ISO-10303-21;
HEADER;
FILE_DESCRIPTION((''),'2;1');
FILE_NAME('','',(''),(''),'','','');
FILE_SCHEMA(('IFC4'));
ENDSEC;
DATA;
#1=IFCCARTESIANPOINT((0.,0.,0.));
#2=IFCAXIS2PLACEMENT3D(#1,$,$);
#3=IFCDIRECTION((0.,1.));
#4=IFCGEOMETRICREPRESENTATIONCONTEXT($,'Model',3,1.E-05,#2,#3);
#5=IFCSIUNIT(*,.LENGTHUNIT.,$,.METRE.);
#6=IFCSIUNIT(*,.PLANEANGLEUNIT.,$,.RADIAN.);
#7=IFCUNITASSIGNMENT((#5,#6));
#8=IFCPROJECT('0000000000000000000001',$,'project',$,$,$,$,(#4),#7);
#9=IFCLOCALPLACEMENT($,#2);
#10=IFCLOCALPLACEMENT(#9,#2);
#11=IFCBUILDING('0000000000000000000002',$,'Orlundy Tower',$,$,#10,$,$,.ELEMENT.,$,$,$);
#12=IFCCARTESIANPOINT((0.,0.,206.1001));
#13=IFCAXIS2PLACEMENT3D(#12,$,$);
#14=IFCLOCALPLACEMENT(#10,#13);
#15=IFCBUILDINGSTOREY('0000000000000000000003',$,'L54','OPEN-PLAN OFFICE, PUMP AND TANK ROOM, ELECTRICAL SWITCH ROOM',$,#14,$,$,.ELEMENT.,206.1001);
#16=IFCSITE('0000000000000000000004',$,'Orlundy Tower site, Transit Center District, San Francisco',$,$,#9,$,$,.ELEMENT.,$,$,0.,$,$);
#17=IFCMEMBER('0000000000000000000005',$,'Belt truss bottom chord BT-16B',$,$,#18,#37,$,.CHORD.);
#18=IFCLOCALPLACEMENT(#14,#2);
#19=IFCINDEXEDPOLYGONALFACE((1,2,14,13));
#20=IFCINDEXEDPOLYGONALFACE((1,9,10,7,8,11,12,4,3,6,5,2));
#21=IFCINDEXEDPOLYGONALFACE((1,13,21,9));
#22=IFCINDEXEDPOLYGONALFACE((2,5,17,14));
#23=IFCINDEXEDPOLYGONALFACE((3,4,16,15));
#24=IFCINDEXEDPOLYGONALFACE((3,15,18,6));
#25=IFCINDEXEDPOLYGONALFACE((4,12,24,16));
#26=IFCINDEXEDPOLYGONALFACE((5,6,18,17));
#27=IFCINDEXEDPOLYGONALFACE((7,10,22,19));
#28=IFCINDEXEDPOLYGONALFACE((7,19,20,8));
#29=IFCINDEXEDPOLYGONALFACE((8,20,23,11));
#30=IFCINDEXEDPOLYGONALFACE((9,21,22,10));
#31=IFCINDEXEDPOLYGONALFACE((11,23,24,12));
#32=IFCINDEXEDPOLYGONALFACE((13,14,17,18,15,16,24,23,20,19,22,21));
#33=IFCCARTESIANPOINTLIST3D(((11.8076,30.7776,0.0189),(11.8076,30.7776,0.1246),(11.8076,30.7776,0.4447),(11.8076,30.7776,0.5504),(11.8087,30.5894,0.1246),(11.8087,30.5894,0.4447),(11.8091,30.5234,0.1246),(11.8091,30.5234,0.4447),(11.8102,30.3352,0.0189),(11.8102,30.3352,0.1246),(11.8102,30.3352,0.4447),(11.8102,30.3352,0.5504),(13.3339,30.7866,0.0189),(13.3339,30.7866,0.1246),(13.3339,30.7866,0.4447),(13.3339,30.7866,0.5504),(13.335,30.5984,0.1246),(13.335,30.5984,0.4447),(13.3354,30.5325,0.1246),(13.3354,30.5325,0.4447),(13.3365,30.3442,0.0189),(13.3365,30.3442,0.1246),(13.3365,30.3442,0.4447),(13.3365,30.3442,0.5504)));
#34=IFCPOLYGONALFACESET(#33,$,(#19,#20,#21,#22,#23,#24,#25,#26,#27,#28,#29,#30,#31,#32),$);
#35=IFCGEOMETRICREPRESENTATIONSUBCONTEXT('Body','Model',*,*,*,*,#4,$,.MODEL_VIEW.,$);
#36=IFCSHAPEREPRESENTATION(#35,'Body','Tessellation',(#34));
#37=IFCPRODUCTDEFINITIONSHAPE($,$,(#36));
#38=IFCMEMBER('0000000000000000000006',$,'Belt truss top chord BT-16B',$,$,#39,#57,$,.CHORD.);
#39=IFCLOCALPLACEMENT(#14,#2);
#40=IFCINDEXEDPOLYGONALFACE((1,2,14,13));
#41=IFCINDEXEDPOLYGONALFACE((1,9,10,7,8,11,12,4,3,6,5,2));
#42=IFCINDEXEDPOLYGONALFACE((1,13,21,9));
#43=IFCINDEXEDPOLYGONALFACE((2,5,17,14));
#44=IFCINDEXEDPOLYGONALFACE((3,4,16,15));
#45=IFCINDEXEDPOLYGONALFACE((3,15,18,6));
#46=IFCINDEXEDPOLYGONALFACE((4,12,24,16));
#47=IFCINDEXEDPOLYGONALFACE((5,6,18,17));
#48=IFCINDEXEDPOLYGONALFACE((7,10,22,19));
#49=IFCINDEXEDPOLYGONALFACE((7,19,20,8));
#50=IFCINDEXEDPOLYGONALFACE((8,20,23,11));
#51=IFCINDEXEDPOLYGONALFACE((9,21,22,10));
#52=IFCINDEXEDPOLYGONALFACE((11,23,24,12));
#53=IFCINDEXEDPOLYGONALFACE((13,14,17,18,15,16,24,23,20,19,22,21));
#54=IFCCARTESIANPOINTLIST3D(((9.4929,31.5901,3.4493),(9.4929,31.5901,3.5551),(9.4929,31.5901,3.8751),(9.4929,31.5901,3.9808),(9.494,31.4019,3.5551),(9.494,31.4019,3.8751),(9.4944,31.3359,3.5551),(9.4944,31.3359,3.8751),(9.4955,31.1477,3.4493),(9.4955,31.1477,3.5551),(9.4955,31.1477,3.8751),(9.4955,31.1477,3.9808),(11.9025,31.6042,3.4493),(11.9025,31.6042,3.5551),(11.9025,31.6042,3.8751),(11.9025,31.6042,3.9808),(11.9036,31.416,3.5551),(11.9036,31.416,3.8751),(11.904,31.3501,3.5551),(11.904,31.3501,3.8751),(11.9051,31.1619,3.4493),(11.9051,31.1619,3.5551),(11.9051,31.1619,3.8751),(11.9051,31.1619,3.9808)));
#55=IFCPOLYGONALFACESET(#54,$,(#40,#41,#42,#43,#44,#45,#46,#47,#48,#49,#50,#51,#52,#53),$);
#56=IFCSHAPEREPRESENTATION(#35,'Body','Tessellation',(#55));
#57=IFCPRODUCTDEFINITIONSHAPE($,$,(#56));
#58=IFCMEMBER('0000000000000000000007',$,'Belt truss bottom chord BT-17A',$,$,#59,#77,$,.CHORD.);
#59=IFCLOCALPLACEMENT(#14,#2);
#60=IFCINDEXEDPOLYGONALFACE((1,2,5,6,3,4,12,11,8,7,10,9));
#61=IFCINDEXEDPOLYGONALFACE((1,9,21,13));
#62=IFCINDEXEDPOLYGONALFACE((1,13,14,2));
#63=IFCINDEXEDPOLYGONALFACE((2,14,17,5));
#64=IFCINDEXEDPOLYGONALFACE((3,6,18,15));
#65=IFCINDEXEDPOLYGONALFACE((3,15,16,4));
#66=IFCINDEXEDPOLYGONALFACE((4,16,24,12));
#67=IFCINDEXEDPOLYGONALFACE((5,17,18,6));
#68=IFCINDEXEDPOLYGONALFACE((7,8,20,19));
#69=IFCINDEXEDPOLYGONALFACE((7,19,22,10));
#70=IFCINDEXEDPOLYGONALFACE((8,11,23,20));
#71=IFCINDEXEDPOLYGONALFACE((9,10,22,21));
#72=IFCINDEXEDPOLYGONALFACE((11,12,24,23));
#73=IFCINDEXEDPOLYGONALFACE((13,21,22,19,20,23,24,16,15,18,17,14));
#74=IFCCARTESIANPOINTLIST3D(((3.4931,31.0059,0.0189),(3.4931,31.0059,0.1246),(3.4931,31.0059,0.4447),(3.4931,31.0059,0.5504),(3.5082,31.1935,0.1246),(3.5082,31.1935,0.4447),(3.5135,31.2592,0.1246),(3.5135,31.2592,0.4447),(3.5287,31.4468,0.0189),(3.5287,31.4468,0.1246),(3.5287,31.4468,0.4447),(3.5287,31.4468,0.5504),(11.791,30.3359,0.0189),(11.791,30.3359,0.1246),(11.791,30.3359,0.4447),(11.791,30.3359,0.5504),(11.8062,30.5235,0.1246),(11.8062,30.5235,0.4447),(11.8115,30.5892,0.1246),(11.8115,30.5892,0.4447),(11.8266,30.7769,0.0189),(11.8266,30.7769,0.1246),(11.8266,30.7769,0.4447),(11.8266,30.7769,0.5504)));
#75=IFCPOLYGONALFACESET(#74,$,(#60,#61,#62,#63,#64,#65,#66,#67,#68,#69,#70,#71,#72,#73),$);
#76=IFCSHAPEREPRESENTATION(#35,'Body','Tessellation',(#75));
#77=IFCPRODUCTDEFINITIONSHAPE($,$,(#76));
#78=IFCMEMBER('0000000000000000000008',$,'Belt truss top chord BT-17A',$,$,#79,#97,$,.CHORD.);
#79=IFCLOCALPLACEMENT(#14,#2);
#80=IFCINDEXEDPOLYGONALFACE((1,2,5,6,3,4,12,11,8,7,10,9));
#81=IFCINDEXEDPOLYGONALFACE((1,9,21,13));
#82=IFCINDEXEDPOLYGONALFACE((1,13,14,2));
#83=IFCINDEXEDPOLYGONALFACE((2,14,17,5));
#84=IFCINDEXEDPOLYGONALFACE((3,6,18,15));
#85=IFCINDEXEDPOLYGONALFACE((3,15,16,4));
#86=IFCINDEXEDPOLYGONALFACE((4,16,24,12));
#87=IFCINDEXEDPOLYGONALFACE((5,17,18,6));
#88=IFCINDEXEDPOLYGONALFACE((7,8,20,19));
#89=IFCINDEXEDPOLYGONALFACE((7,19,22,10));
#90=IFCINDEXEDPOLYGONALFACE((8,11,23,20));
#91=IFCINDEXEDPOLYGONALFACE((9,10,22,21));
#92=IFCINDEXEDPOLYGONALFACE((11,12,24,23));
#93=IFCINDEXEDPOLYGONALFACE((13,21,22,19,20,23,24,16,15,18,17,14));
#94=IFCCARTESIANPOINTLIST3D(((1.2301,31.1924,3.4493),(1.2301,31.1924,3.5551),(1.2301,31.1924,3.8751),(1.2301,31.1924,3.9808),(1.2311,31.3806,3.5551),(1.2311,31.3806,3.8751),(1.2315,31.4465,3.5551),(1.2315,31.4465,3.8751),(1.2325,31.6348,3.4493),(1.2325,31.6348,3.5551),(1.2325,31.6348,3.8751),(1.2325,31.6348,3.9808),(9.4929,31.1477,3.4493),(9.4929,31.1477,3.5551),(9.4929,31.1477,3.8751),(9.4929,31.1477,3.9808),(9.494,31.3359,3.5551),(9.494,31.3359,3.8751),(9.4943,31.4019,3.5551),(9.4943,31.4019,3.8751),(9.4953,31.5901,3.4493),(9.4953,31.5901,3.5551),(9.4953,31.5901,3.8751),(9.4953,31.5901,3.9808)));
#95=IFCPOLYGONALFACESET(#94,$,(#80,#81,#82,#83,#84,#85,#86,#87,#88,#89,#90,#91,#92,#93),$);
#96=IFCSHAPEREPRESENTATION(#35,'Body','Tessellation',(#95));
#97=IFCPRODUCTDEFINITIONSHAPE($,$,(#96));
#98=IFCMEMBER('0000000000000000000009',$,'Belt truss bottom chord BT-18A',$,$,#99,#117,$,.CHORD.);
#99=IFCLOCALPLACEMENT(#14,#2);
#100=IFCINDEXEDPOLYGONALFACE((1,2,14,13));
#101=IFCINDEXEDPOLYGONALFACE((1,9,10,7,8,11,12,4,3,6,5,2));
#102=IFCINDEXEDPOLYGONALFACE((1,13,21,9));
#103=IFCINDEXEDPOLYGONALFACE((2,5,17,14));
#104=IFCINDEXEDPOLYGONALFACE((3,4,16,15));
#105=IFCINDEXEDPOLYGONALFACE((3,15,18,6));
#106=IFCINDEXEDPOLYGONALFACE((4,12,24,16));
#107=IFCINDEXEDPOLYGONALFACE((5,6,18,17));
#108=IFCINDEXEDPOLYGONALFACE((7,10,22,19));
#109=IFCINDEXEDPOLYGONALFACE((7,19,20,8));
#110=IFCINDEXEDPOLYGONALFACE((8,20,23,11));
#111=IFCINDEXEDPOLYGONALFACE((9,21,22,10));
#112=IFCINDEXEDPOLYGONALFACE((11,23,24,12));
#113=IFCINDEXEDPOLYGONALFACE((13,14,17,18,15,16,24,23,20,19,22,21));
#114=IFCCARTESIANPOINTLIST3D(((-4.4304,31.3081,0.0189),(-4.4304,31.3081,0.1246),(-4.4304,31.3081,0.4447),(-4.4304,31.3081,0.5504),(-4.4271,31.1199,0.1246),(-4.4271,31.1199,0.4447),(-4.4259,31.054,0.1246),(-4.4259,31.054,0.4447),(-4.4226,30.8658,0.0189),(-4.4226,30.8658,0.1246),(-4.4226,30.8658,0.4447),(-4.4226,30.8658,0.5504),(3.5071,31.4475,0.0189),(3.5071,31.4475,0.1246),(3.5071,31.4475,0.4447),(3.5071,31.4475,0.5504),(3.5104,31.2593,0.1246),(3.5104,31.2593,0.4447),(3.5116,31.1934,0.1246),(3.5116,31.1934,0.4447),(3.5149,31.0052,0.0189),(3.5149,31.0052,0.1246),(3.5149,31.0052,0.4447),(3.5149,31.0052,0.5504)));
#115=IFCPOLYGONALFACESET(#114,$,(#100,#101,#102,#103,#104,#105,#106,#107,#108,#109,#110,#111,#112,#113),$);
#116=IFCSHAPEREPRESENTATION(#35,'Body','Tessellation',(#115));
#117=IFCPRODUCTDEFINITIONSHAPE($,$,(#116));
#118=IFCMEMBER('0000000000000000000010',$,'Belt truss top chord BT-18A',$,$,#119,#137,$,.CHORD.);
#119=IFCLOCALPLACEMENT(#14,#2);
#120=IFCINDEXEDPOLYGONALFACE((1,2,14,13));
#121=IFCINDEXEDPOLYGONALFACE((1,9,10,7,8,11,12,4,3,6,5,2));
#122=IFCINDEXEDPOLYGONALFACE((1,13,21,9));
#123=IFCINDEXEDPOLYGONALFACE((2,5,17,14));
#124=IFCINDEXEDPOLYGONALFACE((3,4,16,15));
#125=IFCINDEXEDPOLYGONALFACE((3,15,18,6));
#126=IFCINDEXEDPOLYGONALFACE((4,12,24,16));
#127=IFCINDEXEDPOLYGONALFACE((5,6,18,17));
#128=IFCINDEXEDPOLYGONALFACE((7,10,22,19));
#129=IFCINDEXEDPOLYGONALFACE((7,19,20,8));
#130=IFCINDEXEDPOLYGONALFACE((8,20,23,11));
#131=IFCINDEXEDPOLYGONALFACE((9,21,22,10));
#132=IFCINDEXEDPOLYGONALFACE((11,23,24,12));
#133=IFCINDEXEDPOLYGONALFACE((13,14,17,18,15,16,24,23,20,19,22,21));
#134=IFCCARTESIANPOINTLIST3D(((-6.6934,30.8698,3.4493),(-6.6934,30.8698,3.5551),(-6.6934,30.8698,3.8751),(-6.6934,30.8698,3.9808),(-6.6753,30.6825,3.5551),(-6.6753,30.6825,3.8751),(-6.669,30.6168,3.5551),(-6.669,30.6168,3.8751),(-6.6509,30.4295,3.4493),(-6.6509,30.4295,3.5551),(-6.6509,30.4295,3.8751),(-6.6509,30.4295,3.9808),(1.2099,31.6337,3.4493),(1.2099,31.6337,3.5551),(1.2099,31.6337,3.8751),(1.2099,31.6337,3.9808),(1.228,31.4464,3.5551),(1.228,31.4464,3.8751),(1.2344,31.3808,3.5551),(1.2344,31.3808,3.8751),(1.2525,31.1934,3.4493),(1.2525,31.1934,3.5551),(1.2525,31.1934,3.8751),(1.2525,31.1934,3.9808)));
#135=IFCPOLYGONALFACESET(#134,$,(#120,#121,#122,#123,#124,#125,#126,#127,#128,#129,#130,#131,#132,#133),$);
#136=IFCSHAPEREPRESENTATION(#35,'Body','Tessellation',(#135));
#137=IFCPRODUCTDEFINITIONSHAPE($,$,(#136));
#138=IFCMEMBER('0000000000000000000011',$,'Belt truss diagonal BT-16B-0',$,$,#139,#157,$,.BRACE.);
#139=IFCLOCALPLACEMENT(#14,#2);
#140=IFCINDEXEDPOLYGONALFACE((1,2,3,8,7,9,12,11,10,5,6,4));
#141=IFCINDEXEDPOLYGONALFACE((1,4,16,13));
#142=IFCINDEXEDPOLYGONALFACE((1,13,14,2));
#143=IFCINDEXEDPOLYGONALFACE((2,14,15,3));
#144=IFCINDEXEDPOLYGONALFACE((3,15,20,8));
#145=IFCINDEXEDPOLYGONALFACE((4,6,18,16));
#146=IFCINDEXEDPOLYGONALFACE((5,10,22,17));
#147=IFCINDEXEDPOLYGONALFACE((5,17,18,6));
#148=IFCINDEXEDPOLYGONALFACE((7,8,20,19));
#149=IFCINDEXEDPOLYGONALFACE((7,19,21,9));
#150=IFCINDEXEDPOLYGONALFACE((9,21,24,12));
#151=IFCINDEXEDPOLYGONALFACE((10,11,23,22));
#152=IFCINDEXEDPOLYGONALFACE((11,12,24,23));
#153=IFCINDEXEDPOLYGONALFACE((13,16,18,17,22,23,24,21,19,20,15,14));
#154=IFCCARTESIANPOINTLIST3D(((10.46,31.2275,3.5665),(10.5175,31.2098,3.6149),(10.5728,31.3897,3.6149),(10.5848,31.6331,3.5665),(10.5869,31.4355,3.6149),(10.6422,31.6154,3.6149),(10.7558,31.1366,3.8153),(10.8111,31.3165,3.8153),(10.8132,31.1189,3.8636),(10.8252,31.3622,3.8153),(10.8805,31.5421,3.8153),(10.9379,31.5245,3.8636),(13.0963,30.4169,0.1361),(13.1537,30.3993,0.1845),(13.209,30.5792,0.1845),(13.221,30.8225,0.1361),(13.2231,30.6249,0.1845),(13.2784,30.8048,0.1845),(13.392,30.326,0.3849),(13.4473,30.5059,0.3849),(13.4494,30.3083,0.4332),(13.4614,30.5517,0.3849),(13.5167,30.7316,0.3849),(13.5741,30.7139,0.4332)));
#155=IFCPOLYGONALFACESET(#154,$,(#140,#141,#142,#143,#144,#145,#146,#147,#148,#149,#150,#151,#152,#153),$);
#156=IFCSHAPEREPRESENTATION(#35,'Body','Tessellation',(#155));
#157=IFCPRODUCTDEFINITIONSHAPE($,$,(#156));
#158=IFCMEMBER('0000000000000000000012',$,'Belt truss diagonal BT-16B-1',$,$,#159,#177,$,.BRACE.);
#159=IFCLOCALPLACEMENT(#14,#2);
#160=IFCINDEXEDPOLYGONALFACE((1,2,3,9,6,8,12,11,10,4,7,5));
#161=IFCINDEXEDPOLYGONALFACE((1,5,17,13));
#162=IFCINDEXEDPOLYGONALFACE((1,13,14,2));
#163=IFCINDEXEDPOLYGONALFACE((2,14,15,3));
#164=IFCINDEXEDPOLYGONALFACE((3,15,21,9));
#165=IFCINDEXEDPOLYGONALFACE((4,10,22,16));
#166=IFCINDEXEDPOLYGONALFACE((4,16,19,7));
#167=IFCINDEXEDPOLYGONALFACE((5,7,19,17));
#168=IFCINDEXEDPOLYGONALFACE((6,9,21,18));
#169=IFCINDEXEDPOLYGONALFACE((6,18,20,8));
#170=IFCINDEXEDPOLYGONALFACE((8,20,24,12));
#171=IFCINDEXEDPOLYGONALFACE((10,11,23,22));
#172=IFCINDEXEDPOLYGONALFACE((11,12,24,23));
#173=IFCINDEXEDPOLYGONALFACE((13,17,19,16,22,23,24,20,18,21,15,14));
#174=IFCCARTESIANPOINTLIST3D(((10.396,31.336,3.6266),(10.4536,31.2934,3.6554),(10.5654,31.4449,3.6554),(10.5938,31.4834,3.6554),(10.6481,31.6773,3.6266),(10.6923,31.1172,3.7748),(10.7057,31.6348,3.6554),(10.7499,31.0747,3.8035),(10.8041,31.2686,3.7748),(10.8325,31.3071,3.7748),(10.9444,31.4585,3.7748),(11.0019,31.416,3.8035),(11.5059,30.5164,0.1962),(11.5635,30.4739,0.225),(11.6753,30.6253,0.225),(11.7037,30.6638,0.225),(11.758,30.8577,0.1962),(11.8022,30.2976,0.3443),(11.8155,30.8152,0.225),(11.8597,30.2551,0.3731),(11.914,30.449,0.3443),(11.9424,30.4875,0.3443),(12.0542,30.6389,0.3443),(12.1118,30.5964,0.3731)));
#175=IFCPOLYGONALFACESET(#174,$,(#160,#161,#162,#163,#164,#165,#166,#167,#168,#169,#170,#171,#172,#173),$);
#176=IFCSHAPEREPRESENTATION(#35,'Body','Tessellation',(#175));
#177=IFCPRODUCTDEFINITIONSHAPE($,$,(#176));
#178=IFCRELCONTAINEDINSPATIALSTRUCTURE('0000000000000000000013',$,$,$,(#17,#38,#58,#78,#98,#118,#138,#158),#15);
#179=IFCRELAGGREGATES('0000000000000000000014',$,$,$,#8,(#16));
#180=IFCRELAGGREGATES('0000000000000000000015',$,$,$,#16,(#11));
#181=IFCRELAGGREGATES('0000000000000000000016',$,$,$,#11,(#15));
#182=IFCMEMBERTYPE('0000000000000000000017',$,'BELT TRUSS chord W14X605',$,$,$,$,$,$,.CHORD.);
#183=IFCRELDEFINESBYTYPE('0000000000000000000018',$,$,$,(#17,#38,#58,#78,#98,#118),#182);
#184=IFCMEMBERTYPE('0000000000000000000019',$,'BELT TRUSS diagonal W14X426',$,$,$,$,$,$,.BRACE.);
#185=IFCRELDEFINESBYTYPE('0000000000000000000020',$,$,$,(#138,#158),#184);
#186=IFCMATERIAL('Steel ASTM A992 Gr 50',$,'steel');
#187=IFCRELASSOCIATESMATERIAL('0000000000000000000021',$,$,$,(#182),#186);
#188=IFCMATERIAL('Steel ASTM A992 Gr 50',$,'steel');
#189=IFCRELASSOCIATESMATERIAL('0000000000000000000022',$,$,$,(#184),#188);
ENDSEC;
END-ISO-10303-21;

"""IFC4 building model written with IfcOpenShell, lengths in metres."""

from ifc_helpers import new_model, si_unit, direction, frame, origin, origin_2d, place, context, subcontext, project, spatial, i_section, extrude, material, material_profile, profile_set, type_object, element, save


model = new_model("IFC4")

# Units and contexts
model_context = context("Model", 3, precision=1e-05, world=origin(), true_north=direction((0.0, 1.0)))
body_context = subcontext(model_context, "Body", "Model", "MODEL_VIEW")
ifc_project = project(units=[si_unit("LENGTHUNIT", "METRE"), si_unit("PLANEANGLEUNIT", "RADIAN")], contexts=[model_context])

# Site, building, storey
site_placement = place(None, origin())
site = spatial("IfcSite", under=ifc_project, at=site_placement, Name="Orlundy Tower site, Transit Center District, San Francisco", CompositionType="ELEMENT", RefElevation=0.0)
building_placement = place(site_placement, origin())
building = spatial("IfcBuilding", under=site, at=building_placement, Name="Orlundy Tower", CompositionType="ELEMENT")
storey_placement = place(building_placement, frame((0.0, 0.0, 206.1001)))
storey = spatial("IfcBuildingStorey", under=building, at=storey_placement, Name="L54", Description="OPEN-PLAN OFFICE, PUMP AND TANK ROOM, ELECTRICAL SWITCH ROOM", CompositionType="ELEMENT", Elevation=206.1001)

# Members
ifc_material_1 = material(Name="Steel ASTM A992 Gr 50", Category="steel")
ifc_material_profile_1 = material_profile(ifc_material_1, i_section(OverallWidth=0.4424, OverallDepth=0.5315, WebThickness=0.0659, FlangeThickness=0.1057, at=origin_2d()), Name="W14X605")
ifc_profile_set_1 = profile_set([ifc_material_profile_1], Name="Steel ASTM A992 Gr 50")
member_type_1 = type_object("IfcMemberType", Name="BELT TRUSS chord W14X605", PredefinedType="CHORD", material=ifc_profile_set_1)
member_1_placement = place(storey_placement, frame((13.3352, 30.5654, 0.2847), z_axis=(-0.999982, -0.005918, 0.0), x_axis=(0.005918, -0.999982, 0.0)))
element("IfcMember", 1, at=member_1_placement, inside=storey, type_object=member_type_1, Name="Belt truss bottom chord BT-16B", PredefinedType="CHORD", context=body_context, shape_type="SweptSolid", body=[
    extrude(i_section(OverallWidth=0.4424, OverallDepth=0.5315, WebThickness=0.0659, FlangeThickness=0.1057, at=origin_2d()), origin(), (0.0, 0.0, 1.0), 1.5264),
])
member_2_placement = place(storey_placement, frame((11.9038, 31.3831, 3.7151), z_axis=(-0.999983, -0.005876, 0.0), x_axis=(0.005876, -0.999983, 0.0)))
element("IfcMember", 2, at=member_2_placement, inside=storey, type_object=member_type_1, Name="Belt truss top chord BT-16B", PredefinedType="CHORD", context=body_context, shape_type="SweptSolid", body=[
    extrude(i_section(OverallWidth=0.4424, OverallDepth=0.5315, WebThickness=0.0659, FlangeThickness=0.1057, at=origin_2d()), origin(), (0.0, 0.0, 1.0), 2.4097),
])
member_3_placement = place(storey_placement, frame((11.8088, 30.5564, 0.2847), z_axis=(-0.996757, 0.080473, 0.0), x_axis=(-0.080473, -0.996757, 0.0)))
element("IfcMember", 3, at=member_3_placement, inside=storey, type_object=member_type_1, Name="Belt truss bottom chord BT-17A", PredefinedType="CHORD", context=body_context, shape_type="SweptSolid", body=[
    extrude(i_section(OverallWidth=0.4424, OverallDepth=0.5315, WebThickness=0.0659, FlangeThickness=0.1057, at=origin_2d()), origin(), (0.0, 0.0, 1.0), 8.325),
])
member_4_placement = place(storey_placement, frame((9.4941, 31.3689, 3.7151), z_axis=(-0.999985, 0.005407, 0.0), x_axis=(-0.005407, -0.999985, 0.0)))
element("IfcMember", 4, at=member_4_placement, inside=storey, type_object=member_type_1, Name="Belt truss top chord BT-17A", PredefinedType="CHORD", context=body_context, shape_type="SweptSolid", body=[
    extrude(i_section(OverallWidth=0.4424, OverallDepth=0.5315, WebThickness=0.0659, FlangeThickness=0.1057, at=origin_2d()), origin(), (0.0, 0.0, 1.0), 8.2629),
])
member_5_placement = place(storey_placement, frame((3.511, 31.2263, 0.2847), z_axis=(-0.999846, -0.01756, 0.0), x_axis=(0.01756, -0.999846, 0.0)))
element("IfcMember", 5, at=member_5_placement, inside=storey, type_object=member_type_1, Name="Belt truss bottom chord BT-18A", PredefinedType="CHORD", context=body_context, shape_type="SweptSolid", body=[
    extrude(i_section(OverallWidth=0.4424, OverallDepth=0.5315, WebThickness=0.0659, FlangeThickness=0.1057, at=origin_2d()), origin(), (0.0, 0.0, 1.0), 7.9387),
])
member_6_placement = place(storey_placement, frame((1.2312, 31.4136, 3.7151), z_axis=(-0.995361, -0.096209, 0.0), x_axis=(0.096209, -0.995361, 0.0)))
element("IfcMember", 6, at=member_6_placement, inside=storey, type_object=member_type_1, Name="Belt truss top chord BT-18A", PredefinedType="CHORD", context=body_context, shape_type="SweptSolid", body=[
    extrude(i_section(OverallWidth=0.4424, OverallDepth=0.5315, WebThickness=0.0659, FlangeThickness=0.1057, at=origin_2d()), origin(), (0.0, 0.0, 1.0), 7.9402),
])
ifc_material_2 = material(Name="Steel ASTM A992 Gr 50", Category="steel")
ifc_material_profile_2 = material_profile(ifc_material_2, i_section(OverallWidth=0.4243, OverallDepth=0.4741, WebThickness=0.0479, FlangeThickness=0.0771, at=origin_2d()), Name="W14X426")
ifc_profile_set_2 = profile_set([ifc_material_profile_2], Name="Steel ASTM A992 Gr 50")
member_type_2 = type_object("IfcMemberType", Name="BELT TRUSS diagonal W14X426", PredefinedType="BRACE", material=ifc_profile_set_2)
member_7_placement = place(storey_placement, frame((13.3352, 30.5654, 0.2847), z_axis=(-0.598919, 0.184146, 0.77935), x_axis=(-0.293887, -0.95584, 0.0)))
element("IfcMember", 7, at=member_7_placement, inside=storey, type_object=member_type_2, Name="Belt truss diagonal BT-16B-0", PredefinedType="BRACE", context=body_context, shape_type="SweptSolid", body=[
    extrude(i_section(OverallWidth=0.4243, OverallDepth=0.4741, WebThickness=0.0479, FlangeThickness=0.0771, at=origin_2d()), origin(), (0.0, 0.0, 1.0), 4.4016),
])
member_8_placement = place(storey_placement, frame((10.699, 31.376, 3.7151), z_axis=(0.300168, -0.22166, -0.927775), x_axis=(0.594038, 0.804437, 0.0)))
element("IfcMember", 8, at=member_8_placement, inside=storey, type_object=member_type_2, Name="Belt truss diagonal BT-16B-1", PredefinedType="BRACE", context=body_context, shape_type="SweptSolid", body=[
    extrude(i_section(OverallWidth=0.4243, OverallDepth=0.4741, WebThickness=0.0479, FlangeThickness=0.0771, at=origin_2d()), origin(), (0.0, 0.0, 1.0), 3.6975),
])

save(model, "model.ifc")
